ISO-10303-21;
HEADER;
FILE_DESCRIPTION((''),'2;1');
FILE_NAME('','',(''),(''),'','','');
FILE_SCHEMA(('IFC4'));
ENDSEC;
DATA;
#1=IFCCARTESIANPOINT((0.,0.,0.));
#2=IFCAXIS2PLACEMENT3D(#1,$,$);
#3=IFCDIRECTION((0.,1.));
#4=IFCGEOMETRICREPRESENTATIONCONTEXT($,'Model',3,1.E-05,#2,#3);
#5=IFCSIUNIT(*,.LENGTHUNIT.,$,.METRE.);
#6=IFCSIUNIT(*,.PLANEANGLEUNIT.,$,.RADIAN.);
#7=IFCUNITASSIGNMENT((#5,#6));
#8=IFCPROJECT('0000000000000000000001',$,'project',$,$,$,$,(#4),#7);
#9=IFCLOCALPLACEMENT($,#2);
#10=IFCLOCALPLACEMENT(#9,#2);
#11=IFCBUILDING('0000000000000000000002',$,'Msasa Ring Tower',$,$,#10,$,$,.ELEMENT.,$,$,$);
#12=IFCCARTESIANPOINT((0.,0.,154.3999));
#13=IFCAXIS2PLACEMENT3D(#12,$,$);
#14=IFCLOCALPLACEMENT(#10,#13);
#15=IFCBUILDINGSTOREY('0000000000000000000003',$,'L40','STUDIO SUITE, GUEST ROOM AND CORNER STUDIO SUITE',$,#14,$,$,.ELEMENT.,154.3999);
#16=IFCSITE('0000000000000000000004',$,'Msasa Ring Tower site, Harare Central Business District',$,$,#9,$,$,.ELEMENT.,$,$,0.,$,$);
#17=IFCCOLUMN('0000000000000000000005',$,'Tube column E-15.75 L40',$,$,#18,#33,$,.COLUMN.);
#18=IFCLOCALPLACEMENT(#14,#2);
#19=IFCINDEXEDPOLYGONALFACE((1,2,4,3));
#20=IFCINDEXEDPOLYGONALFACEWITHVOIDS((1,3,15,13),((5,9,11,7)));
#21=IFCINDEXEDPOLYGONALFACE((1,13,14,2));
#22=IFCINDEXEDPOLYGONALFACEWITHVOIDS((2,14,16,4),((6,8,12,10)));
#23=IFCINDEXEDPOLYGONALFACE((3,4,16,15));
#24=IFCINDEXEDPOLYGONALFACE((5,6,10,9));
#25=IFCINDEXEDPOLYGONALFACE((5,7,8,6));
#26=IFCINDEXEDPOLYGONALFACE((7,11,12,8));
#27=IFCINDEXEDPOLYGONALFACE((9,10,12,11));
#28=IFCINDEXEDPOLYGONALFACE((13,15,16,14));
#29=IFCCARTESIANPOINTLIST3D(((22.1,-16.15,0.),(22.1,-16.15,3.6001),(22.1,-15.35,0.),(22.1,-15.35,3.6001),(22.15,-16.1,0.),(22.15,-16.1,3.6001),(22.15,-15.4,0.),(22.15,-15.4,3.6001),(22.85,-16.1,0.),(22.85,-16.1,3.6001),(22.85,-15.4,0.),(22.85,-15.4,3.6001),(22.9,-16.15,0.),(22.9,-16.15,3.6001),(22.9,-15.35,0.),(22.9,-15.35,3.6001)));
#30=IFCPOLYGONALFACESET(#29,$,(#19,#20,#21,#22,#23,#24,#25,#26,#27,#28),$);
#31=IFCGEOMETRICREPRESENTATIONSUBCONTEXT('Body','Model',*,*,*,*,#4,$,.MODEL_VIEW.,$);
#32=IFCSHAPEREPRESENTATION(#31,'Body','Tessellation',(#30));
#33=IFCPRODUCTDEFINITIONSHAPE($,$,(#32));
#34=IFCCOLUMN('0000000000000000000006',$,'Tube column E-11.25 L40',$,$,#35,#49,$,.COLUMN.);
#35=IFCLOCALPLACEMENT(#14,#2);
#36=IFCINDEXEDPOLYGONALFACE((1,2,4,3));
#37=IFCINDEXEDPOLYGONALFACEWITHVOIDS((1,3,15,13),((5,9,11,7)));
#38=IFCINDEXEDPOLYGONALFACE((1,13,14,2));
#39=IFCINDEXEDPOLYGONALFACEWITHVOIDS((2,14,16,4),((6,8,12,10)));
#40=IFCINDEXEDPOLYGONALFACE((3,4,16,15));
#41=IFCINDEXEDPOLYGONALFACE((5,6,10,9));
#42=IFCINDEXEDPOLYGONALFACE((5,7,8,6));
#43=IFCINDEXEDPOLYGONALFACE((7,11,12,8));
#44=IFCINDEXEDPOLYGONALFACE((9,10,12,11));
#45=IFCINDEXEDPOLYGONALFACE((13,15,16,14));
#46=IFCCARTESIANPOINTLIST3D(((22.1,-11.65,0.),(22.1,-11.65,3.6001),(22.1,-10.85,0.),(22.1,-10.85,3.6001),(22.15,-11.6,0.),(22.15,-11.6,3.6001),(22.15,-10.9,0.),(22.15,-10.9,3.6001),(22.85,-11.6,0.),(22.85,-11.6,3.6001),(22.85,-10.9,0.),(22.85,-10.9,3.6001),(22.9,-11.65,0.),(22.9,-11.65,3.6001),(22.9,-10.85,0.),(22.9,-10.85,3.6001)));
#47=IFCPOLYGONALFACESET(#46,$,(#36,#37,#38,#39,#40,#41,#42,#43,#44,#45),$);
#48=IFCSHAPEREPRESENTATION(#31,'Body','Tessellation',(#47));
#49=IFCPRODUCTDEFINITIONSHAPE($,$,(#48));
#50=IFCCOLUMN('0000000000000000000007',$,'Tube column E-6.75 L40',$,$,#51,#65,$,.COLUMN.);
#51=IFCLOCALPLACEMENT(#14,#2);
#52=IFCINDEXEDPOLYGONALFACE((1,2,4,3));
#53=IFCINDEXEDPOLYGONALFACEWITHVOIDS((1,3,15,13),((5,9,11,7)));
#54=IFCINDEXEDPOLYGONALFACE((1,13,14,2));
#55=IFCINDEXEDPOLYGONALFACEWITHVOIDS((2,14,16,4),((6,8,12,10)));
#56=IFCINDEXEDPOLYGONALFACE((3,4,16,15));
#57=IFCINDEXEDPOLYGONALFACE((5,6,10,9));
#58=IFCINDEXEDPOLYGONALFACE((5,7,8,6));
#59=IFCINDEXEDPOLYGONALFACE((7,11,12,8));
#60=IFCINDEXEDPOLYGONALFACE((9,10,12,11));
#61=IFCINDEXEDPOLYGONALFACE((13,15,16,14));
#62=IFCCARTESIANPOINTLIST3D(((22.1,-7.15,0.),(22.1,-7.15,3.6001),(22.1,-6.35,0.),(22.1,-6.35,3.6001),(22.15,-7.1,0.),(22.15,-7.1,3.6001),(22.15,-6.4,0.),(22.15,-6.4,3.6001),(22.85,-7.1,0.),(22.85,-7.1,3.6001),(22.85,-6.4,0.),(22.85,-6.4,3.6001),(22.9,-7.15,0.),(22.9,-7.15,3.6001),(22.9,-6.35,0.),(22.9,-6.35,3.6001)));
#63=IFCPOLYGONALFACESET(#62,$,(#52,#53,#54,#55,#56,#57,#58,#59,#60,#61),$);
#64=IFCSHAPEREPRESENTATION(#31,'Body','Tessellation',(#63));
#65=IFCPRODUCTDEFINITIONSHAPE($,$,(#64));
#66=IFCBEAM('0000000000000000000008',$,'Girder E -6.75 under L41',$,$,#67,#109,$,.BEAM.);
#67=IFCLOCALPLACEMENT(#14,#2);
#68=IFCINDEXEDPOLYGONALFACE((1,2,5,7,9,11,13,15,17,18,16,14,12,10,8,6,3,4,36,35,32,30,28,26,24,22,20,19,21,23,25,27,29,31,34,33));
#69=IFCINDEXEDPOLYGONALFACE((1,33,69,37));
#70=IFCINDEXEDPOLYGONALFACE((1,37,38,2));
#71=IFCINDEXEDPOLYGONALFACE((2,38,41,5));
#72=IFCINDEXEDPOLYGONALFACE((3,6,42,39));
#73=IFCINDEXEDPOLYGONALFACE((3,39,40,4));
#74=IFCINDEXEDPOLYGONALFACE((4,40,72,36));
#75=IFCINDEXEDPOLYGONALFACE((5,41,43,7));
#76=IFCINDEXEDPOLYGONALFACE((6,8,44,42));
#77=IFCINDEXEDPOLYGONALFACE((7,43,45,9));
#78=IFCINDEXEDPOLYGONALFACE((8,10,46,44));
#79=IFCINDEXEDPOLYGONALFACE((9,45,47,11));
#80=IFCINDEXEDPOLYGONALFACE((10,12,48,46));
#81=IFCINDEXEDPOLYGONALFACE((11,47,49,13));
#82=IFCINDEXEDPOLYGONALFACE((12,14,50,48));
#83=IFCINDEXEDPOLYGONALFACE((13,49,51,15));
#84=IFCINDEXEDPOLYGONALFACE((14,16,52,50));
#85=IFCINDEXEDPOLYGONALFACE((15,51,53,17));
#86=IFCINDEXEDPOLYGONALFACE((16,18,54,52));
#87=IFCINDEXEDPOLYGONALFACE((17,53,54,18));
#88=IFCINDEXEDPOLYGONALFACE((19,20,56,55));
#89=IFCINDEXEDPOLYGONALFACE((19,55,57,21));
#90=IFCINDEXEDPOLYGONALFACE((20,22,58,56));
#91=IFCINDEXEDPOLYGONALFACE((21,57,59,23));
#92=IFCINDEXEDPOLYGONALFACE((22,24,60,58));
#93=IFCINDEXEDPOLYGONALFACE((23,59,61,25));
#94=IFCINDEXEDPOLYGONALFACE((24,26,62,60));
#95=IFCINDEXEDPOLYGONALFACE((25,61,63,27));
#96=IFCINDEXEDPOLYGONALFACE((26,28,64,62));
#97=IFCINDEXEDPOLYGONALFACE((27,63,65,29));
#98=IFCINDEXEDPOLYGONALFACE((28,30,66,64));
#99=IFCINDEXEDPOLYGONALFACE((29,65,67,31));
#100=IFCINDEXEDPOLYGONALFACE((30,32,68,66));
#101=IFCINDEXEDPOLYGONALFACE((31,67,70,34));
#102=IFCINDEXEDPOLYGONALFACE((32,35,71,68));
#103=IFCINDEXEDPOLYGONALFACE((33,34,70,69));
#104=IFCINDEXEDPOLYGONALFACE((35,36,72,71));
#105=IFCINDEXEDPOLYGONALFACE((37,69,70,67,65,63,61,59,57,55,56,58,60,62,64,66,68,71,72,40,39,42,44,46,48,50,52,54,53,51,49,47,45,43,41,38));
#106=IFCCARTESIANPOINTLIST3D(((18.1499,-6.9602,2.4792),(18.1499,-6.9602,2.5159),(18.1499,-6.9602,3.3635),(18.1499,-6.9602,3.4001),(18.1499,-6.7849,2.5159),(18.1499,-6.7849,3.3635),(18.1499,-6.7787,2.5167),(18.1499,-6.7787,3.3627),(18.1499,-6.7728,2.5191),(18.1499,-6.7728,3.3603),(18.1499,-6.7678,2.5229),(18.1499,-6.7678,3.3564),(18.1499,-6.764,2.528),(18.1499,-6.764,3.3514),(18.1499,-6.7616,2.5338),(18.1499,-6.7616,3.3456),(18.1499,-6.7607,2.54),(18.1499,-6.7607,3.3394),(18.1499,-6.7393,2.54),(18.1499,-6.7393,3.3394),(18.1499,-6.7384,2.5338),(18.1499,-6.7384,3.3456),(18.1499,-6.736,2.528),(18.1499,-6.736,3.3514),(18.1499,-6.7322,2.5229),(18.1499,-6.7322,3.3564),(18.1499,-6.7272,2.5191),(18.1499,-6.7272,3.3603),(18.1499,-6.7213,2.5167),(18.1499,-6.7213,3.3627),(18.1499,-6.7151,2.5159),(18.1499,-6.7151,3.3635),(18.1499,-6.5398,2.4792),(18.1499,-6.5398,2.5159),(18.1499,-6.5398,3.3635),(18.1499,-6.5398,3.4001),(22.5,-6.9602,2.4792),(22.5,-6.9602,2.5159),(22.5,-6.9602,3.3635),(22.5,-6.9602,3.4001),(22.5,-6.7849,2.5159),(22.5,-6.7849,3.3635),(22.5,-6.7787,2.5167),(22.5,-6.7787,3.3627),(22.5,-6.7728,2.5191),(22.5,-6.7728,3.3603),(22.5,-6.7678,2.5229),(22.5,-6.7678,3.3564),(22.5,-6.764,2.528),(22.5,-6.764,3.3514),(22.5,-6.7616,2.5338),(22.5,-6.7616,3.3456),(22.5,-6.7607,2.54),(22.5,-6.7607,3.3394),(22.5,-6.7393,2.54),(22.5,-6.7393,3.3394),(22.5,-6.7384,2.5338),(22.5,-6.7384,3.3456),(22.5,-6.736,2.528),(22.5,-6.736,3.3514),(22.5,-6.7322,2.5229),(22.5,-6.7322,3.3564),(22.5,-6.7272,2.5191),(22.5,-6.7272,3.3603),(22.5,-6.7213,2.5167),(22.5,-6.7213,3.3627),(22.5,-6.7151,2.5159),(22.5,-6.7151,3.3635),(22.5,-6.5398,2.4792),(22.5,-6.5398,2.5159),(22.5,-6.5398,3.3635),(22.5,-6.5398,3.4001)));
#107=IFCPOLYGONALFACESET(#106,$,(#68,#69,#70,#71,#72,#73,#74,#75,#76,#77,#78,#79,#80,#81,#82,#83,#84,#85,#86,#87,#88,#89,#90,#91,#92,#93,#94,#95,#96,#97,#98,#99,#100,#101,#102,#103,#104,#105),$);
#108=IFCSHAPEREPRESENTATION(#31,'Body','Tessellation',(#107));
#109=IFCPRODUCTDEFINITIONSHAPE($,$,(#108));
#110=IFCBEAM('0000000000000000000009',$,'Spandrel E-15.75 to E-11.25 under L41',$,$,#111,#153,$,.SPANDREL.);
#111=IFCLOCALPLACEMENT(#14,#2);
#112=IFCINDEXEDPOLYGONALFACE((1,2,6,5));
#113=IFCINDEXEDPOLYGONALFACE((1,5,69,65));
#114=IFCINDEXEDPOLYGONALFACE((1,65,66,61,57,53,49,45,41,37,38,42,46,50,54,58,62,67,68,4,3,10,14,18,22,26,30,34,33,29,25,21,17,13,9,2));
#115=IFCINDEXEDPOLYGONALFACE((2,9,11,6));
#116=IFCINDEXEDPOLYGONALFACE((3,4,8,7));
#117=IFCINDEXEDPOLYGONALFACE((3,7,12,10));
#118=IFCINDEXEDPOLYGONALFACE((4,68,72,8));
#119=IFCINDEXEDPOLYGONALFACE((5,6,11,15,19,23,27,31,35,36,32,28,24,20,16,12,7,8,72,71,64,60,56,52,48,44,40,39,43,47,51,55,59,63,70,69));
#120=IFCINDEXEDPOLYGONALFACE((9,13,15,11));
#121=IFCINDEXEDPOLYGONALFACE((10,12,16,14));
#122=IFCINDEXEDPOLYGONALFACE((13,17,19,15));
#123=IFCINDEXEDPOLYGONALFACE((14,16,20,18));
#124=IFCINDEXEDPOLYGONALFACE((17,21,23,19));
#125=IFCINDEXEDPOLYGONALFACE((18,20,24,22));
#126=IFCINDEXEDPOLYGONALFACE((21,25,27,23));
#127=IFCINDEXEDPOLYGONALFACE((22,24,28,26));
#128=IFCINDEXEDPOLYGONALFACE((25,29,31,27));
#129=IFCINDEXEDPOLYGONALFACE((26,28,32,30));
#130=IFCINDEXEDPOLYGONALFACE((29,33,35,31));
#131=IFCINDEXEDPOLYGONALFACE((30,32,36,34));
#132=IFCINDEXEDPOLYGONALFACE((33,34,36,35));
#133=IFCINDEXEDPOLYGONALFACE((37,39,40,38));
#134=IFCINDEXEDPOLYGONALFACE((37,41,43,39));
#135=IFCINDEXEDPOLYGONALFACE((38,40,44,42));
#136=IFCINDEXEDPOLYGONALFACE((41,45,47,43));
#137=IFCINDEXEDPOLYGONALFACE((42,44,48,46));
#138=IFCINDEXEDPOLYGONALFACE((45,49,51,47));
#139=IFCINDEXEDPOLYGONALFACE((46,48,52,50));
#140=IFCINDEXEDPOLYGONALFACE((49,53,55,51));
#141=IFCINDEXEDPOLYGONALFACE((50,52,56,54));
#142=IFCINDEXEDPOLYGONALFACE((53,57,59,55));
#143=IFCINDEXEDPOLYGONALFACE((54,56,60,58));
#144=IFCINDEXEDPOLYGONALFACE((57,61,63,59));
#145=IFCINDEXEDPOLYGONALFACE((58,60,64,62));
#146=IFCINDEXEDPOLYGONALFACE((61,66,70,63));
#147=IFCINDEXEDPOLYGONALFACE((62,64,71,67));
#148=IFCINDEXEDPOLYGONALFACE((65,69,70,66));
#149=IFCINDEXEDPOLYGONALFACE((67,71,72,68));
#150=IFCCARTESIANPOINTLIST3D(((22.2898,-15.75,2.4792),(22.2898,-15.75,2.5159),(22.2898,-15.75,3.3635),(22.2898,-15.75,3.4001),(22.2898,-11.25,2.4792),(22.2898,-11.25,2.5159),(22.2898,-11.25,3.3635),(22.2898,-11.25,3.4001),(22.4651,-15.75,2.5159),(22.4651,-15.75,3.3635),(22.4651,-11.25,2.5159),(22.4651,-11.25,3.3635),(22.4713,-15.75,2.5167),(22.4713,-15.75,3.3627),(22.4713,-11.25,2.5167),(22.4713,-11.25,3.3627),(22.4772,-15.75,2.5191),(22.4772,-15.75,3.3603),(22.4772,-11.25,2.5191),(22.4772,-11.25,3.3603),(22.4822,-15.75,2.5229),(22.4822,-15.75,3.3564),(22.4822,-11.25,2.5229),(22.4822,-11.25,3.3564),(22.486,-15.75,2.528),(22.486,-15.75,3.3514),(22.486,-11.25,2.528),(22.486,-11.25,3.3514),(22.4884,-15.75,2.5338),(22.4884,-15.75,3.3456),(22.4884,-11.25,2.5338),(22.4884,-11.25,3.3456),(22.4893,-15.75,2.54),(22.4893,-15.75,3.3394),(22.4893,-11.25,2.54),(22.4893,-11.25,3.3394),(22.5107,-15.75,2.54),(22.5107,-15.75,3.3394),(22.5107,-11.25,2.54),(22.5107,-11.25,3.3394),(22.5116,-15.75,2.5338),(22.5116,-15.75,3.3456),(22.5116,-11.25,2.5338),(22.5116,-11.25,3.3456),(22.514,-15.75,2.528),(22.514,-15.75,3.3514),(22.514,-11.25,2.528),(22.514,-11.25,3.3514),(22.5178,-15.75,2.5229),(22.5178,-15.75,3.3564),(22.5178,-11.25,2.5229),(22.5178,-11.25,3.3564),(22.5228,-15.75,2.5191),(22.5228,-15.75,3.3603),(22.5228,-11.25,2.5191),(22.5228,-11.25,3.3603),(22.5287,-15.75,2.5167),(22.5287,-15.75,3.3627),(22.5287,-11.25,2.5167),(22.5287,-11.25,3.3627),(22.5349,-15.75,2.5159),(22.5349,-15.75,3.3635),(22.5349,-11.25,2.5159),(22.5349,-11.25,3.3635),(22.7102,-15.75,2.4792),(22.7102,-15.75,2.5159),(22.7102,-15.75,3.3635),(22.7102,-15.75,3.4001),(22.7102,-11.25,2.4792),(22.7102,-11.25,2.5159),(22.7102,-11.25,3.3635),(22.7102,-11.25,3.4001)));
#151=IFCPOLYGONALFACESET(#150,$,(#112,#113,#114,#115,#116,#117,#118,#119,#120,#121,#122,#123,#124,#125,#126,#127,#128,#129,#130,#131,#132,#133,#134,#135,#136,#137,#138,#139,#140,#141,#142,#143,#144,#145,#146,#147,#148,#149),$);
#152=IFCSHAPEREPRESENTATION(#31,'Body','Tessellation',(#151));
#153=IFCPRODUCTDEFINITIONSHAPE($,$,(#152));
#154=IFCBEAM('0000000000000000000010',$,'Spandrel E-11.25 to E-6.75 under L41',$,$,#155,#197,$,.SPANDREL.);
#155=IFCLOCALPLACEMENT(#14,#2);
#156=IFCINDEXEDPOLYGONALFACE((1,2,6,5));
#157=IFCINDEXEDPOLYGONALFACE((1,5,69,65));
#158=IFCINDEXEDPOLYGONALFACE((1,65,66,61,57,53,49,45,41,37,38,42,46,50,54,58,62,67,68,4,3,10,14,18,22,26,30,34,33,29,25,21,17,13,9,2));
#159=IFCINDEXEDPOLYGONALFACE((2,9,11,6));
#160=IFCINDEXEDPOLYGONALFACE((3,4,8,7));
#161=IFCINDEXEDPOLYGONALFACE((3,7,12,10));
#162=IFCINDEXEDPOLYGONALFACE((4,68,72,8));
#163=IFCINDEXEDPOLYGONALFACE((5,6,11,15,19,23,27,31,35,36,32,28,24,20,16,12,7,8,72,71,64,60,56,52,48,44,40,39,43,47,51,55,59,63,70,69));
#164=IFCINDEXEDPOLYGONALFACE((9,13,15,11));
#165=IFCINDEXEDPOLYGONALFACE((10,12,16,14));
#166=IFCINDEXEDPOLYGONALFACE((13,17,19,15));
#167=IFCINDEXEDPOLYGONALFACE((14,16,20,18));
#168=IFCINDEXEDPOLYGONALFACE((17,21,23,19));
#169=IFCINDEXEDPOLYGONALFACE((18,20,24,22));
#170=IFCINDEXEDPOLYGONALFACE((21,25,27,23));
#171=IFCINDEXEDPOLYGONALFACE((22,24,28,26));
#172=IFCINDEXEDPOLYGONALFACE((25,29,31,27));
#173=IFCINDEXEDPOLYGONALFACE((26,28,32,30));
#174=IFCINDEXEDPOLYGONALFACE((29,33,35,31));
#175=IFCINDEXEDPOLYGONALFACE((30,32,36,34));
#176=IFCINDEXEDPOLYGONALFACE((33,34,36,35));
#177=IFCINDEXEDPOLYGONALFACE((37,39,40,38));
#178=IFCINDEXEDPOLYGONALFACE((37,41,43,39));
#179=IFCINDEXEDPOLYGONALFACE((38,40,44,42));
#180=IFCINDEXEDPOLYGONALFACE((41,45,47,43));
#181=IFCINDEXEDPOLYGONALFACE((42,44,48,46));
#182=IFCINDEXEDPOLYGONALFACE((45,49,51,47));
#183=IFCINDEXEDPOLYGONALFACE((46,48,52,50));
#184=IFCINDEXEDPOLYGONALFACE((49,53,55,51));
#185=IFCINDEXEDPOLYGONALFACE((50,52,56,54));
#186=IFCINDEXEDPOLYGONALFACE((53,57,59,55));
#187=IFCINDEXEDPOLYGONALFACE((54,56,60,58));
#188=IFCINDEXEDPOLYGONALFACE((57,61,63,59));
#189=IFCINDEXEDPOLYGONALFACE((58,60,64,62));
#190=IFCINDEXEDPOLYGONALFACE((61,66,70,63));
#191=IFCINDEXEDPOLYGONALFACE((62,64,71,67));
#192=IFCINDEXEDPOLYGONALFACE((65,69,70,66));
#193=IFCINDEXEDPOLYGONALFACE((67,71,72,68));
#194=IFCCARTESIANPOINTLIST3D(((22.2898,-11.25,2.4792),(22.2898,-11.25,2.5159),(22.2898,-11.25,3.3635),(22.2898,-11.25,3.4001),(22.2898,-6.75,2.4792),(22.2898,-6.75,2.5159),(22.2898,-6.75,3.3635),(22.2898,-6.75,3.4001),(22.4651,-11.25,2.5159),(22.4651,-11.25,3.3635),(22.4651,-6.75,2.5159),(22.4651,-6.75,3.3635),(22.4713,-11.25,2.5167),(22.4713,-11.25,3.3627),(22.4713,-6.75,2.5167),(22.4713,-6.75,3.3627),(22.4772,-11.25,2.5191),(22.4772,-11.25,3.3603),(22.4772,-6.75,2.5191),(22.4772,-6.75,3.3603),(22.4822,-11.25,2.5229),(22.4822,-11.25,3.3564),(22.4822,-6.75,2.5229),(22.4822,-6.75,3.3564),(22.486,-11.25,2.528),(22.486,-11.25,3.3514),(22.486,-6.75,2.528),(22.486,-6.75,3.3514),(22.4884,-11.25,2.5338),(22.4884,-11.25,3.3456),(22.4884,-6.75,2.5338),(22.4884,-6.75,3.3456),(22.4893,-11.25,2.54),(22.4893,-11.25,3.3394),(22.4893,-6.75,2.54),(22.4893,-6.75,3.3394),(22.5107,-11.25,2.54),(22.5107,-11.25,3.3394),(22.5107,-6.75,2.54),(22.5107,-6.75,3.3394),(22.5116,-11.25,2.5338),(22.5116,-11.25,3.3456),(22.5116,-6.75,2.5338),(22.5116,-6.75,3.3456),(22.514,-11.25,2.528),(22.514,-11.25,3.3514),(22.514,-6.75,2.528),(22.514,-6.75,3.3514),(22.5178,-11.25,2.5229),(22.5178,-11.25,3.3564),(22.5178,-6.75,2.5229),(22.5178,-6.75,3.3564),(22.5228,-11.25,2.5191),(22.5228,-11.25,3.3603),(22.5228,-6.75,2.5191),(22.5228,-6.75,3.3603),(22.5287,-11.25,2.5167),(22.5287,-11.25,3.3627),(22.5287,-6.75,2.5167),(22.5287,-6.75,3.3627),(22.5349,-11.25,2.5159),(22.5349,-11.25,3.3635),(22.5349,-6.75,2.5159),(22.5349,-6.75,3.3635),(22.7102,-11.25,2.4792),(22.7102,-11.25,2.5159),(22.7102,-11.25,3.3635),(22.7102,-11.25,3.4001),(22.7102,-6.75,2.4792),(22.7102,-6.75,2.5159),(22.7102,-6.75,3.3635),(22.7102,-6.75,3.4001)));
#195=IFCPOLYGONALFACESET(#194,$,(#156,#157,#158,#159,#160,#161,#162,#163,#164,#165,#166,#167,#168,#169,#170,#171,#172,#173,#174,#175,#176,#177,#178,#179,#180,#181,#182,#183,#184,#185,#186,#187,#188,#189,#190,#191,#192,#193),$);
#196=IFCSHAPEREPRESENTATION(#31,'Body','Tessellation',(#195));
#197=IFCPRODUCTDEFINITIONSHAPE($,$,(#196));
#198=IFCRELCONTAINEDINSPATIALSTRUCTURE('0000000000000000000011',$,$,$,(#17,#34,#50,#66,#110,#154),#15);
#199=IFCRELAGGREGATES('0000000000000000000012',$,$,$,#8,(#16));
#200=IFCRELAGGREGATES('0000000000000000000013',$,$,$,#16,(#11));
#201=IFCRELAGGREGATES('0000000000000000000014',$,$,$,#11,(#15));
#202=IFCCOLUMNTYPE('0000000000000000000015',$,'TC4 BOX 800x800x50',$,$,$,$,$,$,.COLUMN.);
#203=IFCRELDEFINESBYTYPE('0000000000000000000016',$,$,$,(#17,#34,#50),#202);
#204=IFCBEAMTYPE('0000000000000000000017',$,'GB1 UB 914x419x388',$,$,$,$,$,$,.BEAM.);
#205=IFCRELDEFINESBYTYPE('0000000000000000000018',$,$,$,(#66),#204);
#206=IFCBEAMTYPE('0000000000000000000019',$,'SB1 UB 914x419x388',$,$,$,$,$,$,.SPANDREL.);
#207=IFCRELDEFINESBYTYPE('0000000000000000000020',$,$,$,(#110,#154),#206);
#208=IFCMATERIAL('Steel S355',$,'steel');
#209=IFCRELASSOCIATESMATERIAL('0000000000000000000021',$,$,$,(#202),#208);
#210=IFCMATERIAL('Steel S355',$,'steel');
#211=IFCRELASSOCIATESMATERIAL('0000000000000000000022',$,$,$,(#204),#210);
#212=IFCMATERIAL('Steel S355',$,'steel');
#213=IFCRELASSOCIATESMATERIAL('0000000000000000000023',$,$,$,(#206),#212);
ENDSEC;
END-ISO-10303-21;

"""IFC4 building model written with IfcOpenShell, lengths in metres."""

from ifc_helpers import new_model, si_unit, direction, frame, origin, origin_2d, place, context, subcontext, project, spatial, hollow_rectangle, i_section, extrude, material, material_profile, profile_set, type_object, element, save


model = new_model("IFC4")

# Units and contexts
model_context = context("Model", 3, precision=1e-05, world=origin(), true_north=direction((0.0, 1.0)))
body_context = subcontext(model_context, "Body", "Model", "MODEL_VIEW")
ifc_project = project(units=[si_unit("LENGTHUNIT", "METRE"), si_unit("PLANEANGLEUNIT", "RADIAN")], contexts=[model_context])

# Site, building, storey
site_placement = place(None, origin())
site = spatial("IfcSite", under=ifc_project, at=site_placement, Name="Msasa Ring Tower site, Harare Central Business District", CompositionType="ELEMENT", RefElevation=0.0)
building_placement = place(site_placement, origin())
building = spatial("IfcBuilding", under=site, at=building_placement, Name="Msasa Ring Tower", CompositionType="ELEMENT")
storey_placement = place(building_placement, frame((0.0, 0.0, 154.3999)))
storey = spatial("IfcBuildingStorey", under=building, at=storey_placement, Name="L40", Description="STUDIO SUITE, GUEST ROOM AND CORNER STUDIO SUITE", CompositionType="ELEMENT", Elevation=154.3999)

# Columns
ifc_material_1 = material(Name="Steel S355", Category="steel")
ifc_material_profile_1 = material_profile(ifc_material_1, hollow_rectangle(XDim=0.8, YDim=0.8, WallThickness=0.05, at=origin_2d()), Name="BOX 800x800x50")
ifc_profile_set_1 = profile_set([ifc_material_profile_1], Name="Steel S355")
column_type = type_object("IfcColumnType", Name="TC4 BOX 800x800x50", PredefinedType="COLUMN", material=ifc_profile_set_1)
for number, where, z_axis, x_axis, name in (
    (1, (22.5, -15.75, 0.0), (0.0, 0.0, 1.0), (1.0, 0.0, 0.0), "Tube column E-15.75 L40"),
    (2, (22.5, -11.25, 0.0), (0.0, 0.0, 1.0), (1.0, 0.0, 0.0), "Tube column E-11.25 L40"),
    (3, (22.5, -6.75, 0.0), (0.0, 0.0, 1.0), (1.0, 0.0, 0.0), "Tube column E-6.75 L40"),
):
    element("IfcColumn", number, at=place(storey_placement, frame(where, z_axis=z_axis, x_axis=x_axis)), inside=storey, type_object=column_type, Name=name, PredefinedType="COLUMN", context=body_context, shape_type="SweptSolid", body=[
        extrude(hollow_rectangle(XDim=0.8, YDim=0.8, WallThickness=0.05, at=origin_2d()), origin(), (0.0, 0.0, 1.0), 3.6001),
    ])

# Beams
ifc_material_2 = material(Name="Steel S355", Category="steel")
ifc_material_profile_2 = material_profile(ifc_material_2, i_section(OverallWidth=0.4204, OverallDepth=0.9209, WebThickness=0.0215, FlangeThickness=0.0366, FilletRadius=0.0242, at=origin_2d()), Name="UB 914x419x388")
ifc_profile_set_2 = profile_set([ifc_material_profile_2], Name="Steel S355")
beam_type_1 = type_object("IfcBeamType", Name="GB1 UB 914x419x388", PredefinedType="BEAM", material=ifc_profile_set_2)
beam_placement = place(storey_placement, frame((18.1499, -6.75, 2.9397), z_axis=(1.0, 0.0, 0.0), x_axis=(0.0, 1.0, 0.0)))
element("IfcBeam", 4, at=beam_placement, inside=storey, type_object=beam_type_1, Name="Girder E -6.75 under L41", PredefinedType="BEAM", context=body_context, shape_type="SweptSolid", body=[
    extrude(i_section(OverallWidth=0.4204, OverallDepth=0.9209, WebThickness=0.0215, FlangeThickness=0.0366, FilletRadius=0.0242, at=origin_2d()), origin(), (0.0, 0.0, 1.0), 4.3501),
])
ifc_material_3 = material(Name="Steel S355", Category="steel")
ifc_material_profile_3 = material_profile(ifc_material_3, i_section(OverallWidth=0.4204, OverallDepth=0.9209, WebThickness=0.0215, FlangeThickness=0.0366, FilletRadius=0.0242, at=origin_2d()), Name="UB 914x419x388")
ifc_profile_set_3 = profile_set([ifc_material_profile_3], Name="Steel S355")
beam_type_2 = type_object("IfcBeamType", Name="SB1 UB 914x419x388", PredefinedType="SPANDREL", material=ifc_profile_set_3)
for number, where, z_axis, x_axis, name in (
    (5, (22.5, -15.75, 2.9397), (0.0, 1.0, 0.0), (-1.0, 0.0, 0.0), "Spandrel E-15.75 to E-11.25 under L41"),
    (6, (22.5, -11.25, 2.9397), (0.0, 1.0, 0.0), (-1.0, 0.0, 0.0), "Spandrel E-11.25 to E-6.75 under L41"),
):
    element("IfcBeam", number, at=place(storey_placement, frame(where, z_axis=z_axis, x_axis=x_axis)), inside=storey, type_object=beam_type_2, Name=name, PredefinedType="SPANDREL", context=body_context, shape_type="SweptSolid", body=[
        extrude(i_section(OverallWidth=0.4204, OverallDepth=0.9209, WebThickness=0.0215, FlangeThickness=0.0366, FilletRadius=0.0242, at=origin_2d()), origin(), (0.0, 0.0, 1.0), 4.5),
    ])

save(model, "model.ifc")
